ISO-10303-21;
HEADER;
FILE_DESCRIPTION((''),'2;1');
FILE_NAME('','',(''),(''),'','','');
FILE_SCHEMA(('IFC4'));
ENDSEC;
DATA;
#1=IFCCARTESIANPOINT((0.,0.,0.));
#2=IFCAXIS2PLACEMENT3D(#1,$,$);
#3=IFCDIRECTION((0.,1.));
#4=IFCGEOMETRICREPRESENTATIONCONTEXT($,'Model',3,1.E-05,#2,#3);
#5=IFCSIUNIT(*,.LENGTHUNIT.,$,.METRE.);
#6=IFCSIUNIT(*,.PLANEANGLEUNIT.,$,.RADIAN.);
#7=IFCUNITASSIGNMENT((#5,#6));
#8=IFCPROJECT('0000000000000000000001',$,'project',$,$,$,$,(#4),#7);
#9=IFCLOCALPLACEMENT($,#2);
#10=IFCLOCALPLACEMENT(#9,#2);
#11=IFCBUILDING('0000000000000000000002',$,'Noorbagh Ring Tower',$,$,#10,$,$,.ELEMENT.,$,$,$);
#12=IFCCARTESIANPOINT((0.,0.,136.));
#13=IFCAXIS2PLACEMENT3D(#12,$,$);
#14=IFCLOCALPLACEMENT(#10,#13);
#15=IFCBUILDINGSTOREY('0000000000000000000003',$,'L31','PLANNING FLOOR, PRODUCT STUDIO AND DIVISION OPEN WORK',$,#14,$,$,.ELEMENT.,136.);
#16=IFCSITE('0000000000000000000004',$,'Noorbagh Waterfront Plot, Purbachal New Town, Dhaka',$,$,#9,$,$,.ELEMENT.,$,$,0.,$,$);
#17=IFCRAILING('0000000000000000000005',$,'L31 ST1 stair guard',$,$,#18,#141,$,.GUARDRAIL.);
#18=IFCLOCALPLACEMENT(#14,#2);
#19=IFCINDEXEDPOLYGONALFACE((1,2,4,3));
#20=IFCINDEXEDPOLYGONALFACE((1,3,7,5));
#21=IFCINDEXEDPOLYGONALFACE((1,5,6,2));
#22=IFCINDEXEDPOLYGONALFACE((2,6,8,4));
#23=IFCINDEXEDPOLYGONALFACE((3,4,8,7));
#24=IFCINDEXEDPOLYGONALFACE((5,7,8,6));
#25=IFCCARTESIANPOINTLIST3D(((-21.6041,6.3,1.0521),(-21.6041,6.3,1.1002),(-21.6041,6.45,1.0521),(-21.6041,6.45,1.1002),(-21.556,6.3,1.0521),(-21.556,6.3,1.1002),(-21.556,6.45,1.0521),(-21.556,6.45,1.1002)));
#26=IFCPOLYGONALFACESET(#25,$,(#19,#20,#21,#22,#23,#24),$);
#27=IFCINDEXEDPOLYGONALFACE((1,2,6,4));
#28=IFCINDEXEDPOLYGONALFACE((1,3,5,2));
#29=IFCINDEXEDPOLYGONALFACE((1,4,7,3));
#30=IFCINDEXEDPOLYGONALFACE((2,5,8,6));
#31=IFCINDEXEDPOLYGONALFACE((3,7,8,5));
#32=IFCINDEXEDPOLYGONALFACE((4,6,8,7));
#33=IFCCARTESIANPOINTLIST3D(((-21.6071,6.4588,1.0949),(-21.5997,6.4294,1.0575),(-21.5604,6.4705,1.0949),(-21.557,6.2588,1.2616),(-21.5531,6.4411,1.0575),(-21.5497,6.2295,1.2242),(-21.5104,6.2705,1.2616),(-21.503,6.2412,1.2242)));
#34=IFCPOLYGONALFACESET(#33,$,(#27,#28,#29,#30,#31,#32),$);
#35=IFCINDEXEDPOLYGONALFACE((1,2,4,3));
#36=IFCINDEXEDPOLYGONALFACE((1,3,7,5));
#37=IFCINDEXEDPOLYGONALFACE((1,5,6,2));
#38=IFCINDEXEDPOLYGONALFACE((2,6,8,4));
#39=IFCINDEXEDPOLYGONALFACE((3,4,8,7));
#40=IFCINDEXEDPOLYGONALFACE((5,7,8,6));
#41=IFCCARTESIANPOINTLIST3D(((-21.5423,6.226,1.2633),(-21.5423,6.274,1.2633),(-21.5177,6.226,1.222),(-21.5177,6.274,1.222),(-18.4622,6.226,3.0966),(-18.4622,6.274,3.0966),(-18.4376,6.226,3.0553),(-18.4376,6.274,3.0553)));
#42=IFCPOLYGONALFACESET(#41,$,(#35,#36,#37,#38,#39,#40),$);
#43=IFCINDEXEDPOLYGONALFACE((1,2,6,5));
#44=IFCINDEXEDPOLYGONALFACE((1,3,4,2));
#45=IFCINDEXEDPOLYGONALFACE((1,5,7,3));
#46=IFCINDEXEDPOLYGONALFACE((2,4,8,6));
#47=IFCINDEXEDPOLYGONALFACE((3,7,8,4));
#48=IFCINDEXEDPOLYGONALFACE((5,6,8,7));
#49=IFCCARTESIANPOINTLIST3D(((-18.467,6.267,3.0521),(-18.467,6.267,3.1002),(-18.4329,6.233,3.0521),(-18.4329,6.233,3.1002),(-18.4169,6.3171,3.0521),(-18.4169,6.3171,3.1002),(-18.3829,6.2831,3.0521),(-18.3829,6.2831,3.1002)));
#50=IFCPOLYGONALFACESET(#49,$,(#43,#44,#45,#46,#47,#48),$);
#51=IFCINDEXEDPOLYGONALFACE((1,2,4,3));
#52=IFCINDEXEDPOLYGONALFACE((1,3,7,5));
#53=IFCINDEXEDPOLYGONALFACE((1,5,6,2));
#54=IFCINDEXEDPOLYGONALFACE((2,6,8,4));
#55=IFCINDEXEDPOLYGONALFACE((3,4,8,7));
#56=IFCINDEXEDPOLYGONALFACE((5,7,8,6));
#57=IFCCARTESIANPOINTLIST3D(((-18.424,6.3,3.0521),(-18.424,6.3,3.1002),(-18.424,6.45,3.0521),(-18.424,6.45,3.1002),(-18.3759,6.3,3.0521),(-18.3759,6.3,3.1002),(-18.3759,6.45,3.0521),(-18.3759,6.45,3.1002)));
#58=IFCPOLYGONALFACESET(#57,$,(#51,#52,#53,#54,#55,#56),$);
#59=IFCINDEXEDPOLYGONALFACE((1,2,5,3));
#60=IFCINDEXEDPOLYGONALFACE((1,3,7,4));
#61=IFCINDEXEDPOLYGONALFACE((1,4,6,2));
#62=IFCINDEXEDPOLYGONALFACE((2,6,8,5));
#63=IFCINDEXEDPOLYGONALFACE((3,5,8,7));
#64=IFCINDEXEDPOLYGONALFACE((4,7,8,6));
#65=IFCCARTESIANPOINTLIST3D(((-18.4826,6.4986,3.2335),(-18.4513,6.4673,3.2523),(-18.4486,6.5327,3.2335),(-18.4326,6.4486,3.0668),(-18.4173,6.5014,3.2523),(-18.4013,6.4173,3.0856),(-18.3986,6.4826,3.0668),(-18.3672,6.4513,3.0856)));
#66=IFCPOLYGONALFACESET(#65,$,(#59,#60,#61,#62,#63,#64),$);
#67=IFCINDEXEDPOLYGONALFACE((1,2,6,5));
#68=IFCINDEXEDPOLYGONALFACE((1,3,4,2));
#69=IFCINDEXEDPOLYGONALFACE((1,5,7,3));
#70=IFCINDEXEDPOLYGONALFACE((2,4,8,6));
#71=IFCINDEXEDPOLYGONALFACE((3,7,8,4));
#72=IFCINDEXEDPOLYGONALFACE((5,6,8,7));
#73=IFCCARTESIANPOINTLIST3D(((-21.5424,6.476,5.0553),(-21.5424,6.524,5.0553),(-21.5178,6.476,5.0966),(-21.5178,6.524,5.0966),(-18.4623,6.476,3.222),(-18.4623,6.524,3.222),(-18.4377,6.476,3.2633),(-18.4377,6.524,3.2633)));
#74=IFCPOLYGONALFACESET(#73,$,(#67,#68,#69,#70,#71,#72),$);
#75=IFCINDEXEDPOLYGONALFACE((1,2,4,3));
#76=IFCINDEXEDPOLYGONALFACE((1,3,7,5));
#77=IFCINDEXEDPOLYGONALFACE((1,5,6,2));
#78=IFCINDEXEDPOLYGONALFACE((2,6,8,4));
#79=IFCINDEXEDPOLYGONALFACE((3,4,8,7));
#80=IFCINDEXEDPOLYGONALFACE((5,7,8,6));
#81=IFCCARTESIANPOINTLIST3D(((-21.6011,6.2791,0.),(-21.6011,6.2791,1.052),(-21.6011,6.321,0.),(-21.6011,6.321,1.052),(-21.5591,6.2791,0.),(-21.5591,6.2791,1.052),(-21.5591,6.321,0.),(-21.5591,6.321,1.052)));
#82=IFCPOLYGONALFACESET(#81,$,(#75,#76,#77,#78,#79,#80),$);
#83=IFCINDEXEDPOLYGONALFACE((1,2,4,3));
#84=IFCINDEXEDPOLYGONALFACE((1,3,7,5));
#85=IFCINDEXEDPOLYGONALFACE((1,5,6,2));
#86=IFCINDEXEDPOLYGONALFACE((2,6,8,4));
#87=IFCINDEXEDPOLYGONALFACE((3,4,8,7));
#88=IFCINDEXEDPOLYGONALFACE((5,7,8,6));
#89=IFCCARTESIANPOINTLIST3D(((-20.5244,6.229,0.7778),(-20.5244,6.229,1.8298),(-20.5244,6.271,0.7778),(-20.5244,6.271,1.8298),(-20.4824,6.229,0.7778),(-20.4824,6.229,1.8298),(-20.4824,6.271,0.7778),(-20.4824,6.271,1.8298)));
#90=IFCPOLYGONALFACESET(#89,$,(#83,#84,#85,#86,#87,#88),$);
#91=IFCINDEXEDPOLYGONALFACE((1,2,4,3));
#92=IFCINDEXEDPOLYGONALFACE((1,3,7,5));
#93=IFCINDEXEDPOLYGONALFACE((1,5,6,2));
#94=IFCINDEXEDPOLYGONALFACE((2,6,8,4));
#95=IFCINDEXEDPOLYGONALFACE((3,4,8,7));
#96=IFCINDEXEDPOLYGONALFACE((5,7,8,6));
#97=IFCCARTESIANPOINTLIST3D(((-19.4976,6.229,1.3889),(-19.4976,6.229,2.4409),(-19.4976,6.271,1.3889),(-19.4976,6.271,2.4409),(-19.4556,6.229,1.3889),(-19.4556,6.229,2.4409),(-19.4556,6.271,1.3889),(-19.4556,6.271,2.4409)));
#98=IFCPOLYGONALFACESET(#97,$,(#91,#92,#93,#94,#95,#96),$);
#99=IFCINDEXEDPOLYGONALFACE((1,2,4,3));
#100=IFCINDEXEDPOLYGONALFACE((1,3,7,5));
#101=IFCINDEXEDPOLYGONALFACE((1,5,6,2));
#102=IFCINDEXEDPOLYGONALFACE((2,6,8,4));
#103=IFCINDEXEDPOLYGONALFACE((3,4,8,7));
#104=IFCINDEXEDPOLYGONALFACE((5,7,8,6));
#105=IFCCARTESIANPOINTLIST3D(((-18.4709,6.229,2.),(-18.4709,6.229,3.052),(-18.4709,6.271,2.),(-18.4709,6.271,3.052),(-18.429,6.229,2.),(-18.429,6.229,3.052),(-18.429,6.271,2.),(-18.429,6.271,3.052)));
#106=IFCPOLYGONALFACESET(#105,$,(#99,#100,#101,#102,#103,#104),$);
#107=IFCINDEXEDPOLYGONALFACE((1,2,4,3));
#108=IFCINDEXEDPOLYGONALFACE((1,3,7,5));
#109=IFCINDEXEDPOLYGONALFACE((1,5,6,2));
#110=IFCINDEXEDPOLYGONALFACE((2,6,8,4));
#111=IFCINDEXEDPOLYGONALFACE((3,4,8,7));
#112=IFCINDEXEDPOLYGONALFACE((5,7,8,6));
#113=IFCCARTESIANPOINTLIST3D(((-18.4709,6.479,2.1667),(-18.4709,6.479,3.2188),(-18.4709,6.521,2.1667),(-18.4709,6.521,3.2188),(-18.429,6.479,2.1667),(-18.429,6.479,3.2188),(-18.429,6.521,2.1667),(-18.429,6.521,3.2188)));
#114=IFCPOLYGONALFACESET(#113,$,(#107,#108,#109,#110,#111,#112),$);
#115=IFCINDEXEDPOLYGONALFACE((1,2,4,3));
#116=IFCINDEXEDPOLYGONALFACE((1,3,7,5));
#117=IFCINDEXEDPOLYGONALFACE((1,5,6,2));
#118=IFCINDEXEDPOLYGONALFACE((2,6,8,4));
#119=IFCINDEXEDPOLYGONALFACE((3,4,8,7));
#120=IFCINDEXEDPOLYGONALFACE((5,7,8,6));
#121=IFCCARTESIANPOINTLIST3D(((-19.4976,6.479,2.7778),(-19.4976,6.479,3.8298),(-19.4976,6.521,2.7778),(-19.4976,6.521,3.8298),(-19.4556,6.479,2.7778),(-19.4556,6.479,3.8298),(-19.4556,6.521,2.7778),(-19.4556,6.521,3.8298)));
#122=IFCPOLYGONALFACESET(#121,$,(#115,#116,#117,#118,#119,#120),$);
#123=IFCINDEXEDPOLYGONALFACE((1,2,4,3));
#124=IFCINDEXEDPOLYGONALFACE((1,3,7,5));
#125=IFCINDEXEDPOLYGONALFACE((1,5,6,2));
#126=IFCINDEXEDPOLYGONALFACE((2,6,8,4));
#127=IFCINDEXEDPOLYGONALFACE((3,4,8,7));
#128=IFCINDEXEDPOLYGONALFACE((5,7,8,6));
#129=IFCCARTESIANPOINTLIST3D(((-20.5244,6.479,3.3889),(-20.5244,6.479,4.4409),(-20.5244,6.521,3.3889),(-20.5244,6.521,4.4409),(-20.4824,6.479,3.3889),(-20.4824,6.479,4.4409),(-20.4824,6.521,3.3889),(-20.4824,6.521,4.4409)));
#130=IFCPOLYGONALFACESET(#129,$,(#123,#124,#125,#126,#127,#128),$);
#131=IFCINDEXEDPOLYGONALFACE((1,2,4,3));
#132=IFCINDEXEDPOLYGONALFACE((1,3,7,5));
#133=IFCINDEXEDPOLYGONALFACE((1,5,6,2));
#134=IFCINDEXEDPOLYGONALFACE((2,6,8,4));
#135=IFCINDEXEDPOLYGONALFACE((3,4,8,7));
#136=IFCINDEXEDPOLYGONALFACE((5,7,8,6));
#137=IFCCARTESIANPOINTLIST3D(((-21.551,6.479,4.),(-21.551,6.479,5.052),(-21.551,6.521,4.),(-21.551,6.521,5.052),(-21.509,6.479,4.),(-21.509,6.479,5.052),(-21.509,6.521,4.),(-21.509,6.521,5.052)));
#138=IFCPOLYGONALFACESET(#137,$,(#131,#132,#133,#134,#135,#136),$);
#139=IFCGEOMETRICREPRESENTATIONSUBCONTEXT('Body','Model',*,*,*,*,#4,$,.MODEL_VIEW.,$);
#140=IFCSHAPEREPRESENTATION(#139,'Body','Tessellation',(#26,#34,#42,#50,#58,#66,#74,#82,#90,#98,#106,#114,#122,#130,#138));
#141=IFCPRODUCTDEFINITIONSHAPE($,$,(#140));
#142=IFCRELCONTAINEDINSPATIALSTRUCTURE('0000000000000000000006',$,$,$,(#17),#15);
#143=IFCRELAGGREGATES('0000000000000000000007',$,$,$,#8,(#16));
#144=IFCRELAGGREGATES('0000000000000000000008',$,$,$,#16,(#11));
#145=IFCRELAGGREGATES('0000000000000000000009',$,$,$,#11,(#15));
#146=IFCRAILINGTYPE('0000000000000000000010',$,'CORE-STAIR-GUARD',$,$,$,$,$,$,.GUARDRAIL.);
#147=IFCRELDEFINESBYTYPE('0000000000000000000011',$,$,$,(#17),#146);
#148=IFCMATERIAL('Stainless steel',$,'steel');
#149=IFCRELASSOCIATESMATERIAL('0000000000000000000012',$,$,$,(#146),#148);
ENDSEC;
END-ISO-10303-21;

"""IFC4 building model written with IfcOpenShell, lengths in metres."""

from ifc_helpers import new_model, si_unit, direction, frame, origin, origin_2d, place, context, subcontext, project, spatial, rectangle, extrude, material, type_object, element, save


model = new_model("IFC4")

# Units and contexts
model_context = context("Model", 3, precision=1e-05, world=origin(), true_north=direction((0.0, 1.0)))
body_context = subcontext(model_context, "Body", "Model", "MODEL_VIEW")
ifc_project = project(units=[si_unit("LENGTHUNIT", "METRE"), si_unit("PLANEANGLEUNIT", "RADIAN")], contexts=[model_context])

# Site, building, storey
site_placement = place(None, origin())
site = spatial("IfcSite", under=ifc_project, at=site_placement, Name="Noorbagh Waterfront Plot, Purbachal New Town, Dhaka", CompositionType="ELEMENT", RefElevation=0.0)
building_placement = place(site_placement, origin())
building = spatial("IfcBuilding", under=site, at=building_placement, Name="Noorbagh Ring Tower", CompositionType="ELEMENT")
storey_placement = place(building_placement, frame((0.0, 0.0, 136.0)))
storey = spatial("IfcBuildingStorey", under=building, at=storey_placement, Name="L31", Description="PLANNING FLOOR, PRODUCT STUDIO AND DIVISION OPEN WORK", CompositionType="ELEMENT", Elevation=136.0)

# Railing
ifc_material_1 = material(Name="Stainless steel", Category="steel")
railing_type_1 = type_object("IfcRailingType", Name="CORE-STAIR-GUARD", PredefinedType="GUARDRAIL", material=ifc_material_1)
railing_1_placement = place(storey_placement, frame((-21.5801, 6.3, 0.0)))
element("IfcRailing", 1, at=railing_1_placement, inside=storey, type_object=railing_type_1, Name="L31 ST1 stair guard", PredefinedType="GUARDRAIL", context=body_context, shape_type="SweptSolid", body=[
    extrude(rectangle(XDim=0.0481, YDim=0.0481, at=origin_2d()), frame((0.0, 0.0, 1.0762), z_axis=(0.0, 1.0, 0.0), x_axis=(-1.0, 0.0, 0.0)), (0.0, 0.0, 1.0), 0.1499),
    extrude(rectangle(XDim=0.0481, YDim=0.0481, at=origin_2d()), frame((0.0, 0.1499, 1.0762), z_axis=(0.188776, -0.754182, 0.628946), x_axis=(0.970073, 0.242814, 0.0)), (0.0, 0.0, 1.0), 0.2651),
    extrude(rectangle(XDim=0.0481, YDim=0.0481, at=origin_2d()), frame((0.05, -0.05, 1.2427), z_axis=(0.859309, 0.0, 0.511458), x_axis=(0.0, 1.0, 0.0)), (0.0, 0.0, 1.0), 3.5845),
    extrude(rectangle(XDim=0.0481, YDim=0.0481, at=origin_2d()), frame((3.1301, -0.05, 3.0762), z_axis=(0.707107, 0.707107, 0.0), x_axis=(-0.707107, 0.707107, 0.0)), (0.0, 0.0, 1.0), 0.0708),
    extrude(rectangle(XDim=0.0481, YDim=0.0481, at=origin_2d()), frame((3.1802, 0.0, 3.0762), z_axis=(0.0, 1.0, 0.0), x_axis=(-1.0, 0.0, 0.0)), (0.0, 0.0, 1.0), 0.1499),
    extrude(rectangle(XDim=0.0481, YDim=0.0481, at=origin_2d()), frame((3.1802, 0.1499, 3.0762), z_axis=(-0.276287, 0.276287, 0.920506), x_axis=(-0.707107, -0.707107, 0.0)), (0.0, 0.0, 1.0), 0.1812),
    extrude(rectangle(XDim=0.0481, YDim=0.0481, at=origin_2d()), frame((3.1301, 0.2, 3.2427), z_axis=(-0.859309, 0.0, 0.511458), x_axis=(0.0, -1.0, 0.0)), (0.0, 0.0, 1.0), 3.5845),
    extrude(rectangle(XDim=0.042, YDim=0.042, at=origin_2d()), origin(), (0.0, 0.0, 1.0), 1.052),
    extrude(rectangle(XDim=0.042, YDim=0.042, at=origin_2d()), frame((1.0767, -0.05, 0.7778)), (0.0, 0.0, 1.0), 1.052),
    extrude(rectangle(XDim=0.042, YDim=0.042, at=origin_2d()), frame((2.1035, -0.05, 1.3889)), (0.0, 0.0, 1.0), 1.052),
    extrude(rectangle(XDim=0.042, YDim=0.042, at=origin_2d()), frame((3.1301, -0.05, 2.0)), (0.0, 0.0, 1.0), 1.052),
    extrude(rectangle(XDim=0.042, YDim=0.042, at=origin_2d()), frame((3.1301, 0.2, 2.1667)), (0.0, 0.0, 1.0), 1.052),
    extrude(rectangle(XDim=0.042, YDim=0.042, at=origin_2d()), frame((2.1035, 0.2, 2.7778)), (0.0, 0.0, 1.0), 1.052),
    extrude(rectangle(XDim=0.042, YDim=0.042, at=origin_2d()), frame((1.0767, 0.2, 3.3889)), (0.0, 0.0, 1.0), 1.052),
    extrude(rectangle(XDim=0.042, YDim=0.042, at=origin_2d()), frame((0.05, 0.2, 4.0)), (0.0, 0.0, 1.0), 1.052),
])

save(model, "model.ifc")
